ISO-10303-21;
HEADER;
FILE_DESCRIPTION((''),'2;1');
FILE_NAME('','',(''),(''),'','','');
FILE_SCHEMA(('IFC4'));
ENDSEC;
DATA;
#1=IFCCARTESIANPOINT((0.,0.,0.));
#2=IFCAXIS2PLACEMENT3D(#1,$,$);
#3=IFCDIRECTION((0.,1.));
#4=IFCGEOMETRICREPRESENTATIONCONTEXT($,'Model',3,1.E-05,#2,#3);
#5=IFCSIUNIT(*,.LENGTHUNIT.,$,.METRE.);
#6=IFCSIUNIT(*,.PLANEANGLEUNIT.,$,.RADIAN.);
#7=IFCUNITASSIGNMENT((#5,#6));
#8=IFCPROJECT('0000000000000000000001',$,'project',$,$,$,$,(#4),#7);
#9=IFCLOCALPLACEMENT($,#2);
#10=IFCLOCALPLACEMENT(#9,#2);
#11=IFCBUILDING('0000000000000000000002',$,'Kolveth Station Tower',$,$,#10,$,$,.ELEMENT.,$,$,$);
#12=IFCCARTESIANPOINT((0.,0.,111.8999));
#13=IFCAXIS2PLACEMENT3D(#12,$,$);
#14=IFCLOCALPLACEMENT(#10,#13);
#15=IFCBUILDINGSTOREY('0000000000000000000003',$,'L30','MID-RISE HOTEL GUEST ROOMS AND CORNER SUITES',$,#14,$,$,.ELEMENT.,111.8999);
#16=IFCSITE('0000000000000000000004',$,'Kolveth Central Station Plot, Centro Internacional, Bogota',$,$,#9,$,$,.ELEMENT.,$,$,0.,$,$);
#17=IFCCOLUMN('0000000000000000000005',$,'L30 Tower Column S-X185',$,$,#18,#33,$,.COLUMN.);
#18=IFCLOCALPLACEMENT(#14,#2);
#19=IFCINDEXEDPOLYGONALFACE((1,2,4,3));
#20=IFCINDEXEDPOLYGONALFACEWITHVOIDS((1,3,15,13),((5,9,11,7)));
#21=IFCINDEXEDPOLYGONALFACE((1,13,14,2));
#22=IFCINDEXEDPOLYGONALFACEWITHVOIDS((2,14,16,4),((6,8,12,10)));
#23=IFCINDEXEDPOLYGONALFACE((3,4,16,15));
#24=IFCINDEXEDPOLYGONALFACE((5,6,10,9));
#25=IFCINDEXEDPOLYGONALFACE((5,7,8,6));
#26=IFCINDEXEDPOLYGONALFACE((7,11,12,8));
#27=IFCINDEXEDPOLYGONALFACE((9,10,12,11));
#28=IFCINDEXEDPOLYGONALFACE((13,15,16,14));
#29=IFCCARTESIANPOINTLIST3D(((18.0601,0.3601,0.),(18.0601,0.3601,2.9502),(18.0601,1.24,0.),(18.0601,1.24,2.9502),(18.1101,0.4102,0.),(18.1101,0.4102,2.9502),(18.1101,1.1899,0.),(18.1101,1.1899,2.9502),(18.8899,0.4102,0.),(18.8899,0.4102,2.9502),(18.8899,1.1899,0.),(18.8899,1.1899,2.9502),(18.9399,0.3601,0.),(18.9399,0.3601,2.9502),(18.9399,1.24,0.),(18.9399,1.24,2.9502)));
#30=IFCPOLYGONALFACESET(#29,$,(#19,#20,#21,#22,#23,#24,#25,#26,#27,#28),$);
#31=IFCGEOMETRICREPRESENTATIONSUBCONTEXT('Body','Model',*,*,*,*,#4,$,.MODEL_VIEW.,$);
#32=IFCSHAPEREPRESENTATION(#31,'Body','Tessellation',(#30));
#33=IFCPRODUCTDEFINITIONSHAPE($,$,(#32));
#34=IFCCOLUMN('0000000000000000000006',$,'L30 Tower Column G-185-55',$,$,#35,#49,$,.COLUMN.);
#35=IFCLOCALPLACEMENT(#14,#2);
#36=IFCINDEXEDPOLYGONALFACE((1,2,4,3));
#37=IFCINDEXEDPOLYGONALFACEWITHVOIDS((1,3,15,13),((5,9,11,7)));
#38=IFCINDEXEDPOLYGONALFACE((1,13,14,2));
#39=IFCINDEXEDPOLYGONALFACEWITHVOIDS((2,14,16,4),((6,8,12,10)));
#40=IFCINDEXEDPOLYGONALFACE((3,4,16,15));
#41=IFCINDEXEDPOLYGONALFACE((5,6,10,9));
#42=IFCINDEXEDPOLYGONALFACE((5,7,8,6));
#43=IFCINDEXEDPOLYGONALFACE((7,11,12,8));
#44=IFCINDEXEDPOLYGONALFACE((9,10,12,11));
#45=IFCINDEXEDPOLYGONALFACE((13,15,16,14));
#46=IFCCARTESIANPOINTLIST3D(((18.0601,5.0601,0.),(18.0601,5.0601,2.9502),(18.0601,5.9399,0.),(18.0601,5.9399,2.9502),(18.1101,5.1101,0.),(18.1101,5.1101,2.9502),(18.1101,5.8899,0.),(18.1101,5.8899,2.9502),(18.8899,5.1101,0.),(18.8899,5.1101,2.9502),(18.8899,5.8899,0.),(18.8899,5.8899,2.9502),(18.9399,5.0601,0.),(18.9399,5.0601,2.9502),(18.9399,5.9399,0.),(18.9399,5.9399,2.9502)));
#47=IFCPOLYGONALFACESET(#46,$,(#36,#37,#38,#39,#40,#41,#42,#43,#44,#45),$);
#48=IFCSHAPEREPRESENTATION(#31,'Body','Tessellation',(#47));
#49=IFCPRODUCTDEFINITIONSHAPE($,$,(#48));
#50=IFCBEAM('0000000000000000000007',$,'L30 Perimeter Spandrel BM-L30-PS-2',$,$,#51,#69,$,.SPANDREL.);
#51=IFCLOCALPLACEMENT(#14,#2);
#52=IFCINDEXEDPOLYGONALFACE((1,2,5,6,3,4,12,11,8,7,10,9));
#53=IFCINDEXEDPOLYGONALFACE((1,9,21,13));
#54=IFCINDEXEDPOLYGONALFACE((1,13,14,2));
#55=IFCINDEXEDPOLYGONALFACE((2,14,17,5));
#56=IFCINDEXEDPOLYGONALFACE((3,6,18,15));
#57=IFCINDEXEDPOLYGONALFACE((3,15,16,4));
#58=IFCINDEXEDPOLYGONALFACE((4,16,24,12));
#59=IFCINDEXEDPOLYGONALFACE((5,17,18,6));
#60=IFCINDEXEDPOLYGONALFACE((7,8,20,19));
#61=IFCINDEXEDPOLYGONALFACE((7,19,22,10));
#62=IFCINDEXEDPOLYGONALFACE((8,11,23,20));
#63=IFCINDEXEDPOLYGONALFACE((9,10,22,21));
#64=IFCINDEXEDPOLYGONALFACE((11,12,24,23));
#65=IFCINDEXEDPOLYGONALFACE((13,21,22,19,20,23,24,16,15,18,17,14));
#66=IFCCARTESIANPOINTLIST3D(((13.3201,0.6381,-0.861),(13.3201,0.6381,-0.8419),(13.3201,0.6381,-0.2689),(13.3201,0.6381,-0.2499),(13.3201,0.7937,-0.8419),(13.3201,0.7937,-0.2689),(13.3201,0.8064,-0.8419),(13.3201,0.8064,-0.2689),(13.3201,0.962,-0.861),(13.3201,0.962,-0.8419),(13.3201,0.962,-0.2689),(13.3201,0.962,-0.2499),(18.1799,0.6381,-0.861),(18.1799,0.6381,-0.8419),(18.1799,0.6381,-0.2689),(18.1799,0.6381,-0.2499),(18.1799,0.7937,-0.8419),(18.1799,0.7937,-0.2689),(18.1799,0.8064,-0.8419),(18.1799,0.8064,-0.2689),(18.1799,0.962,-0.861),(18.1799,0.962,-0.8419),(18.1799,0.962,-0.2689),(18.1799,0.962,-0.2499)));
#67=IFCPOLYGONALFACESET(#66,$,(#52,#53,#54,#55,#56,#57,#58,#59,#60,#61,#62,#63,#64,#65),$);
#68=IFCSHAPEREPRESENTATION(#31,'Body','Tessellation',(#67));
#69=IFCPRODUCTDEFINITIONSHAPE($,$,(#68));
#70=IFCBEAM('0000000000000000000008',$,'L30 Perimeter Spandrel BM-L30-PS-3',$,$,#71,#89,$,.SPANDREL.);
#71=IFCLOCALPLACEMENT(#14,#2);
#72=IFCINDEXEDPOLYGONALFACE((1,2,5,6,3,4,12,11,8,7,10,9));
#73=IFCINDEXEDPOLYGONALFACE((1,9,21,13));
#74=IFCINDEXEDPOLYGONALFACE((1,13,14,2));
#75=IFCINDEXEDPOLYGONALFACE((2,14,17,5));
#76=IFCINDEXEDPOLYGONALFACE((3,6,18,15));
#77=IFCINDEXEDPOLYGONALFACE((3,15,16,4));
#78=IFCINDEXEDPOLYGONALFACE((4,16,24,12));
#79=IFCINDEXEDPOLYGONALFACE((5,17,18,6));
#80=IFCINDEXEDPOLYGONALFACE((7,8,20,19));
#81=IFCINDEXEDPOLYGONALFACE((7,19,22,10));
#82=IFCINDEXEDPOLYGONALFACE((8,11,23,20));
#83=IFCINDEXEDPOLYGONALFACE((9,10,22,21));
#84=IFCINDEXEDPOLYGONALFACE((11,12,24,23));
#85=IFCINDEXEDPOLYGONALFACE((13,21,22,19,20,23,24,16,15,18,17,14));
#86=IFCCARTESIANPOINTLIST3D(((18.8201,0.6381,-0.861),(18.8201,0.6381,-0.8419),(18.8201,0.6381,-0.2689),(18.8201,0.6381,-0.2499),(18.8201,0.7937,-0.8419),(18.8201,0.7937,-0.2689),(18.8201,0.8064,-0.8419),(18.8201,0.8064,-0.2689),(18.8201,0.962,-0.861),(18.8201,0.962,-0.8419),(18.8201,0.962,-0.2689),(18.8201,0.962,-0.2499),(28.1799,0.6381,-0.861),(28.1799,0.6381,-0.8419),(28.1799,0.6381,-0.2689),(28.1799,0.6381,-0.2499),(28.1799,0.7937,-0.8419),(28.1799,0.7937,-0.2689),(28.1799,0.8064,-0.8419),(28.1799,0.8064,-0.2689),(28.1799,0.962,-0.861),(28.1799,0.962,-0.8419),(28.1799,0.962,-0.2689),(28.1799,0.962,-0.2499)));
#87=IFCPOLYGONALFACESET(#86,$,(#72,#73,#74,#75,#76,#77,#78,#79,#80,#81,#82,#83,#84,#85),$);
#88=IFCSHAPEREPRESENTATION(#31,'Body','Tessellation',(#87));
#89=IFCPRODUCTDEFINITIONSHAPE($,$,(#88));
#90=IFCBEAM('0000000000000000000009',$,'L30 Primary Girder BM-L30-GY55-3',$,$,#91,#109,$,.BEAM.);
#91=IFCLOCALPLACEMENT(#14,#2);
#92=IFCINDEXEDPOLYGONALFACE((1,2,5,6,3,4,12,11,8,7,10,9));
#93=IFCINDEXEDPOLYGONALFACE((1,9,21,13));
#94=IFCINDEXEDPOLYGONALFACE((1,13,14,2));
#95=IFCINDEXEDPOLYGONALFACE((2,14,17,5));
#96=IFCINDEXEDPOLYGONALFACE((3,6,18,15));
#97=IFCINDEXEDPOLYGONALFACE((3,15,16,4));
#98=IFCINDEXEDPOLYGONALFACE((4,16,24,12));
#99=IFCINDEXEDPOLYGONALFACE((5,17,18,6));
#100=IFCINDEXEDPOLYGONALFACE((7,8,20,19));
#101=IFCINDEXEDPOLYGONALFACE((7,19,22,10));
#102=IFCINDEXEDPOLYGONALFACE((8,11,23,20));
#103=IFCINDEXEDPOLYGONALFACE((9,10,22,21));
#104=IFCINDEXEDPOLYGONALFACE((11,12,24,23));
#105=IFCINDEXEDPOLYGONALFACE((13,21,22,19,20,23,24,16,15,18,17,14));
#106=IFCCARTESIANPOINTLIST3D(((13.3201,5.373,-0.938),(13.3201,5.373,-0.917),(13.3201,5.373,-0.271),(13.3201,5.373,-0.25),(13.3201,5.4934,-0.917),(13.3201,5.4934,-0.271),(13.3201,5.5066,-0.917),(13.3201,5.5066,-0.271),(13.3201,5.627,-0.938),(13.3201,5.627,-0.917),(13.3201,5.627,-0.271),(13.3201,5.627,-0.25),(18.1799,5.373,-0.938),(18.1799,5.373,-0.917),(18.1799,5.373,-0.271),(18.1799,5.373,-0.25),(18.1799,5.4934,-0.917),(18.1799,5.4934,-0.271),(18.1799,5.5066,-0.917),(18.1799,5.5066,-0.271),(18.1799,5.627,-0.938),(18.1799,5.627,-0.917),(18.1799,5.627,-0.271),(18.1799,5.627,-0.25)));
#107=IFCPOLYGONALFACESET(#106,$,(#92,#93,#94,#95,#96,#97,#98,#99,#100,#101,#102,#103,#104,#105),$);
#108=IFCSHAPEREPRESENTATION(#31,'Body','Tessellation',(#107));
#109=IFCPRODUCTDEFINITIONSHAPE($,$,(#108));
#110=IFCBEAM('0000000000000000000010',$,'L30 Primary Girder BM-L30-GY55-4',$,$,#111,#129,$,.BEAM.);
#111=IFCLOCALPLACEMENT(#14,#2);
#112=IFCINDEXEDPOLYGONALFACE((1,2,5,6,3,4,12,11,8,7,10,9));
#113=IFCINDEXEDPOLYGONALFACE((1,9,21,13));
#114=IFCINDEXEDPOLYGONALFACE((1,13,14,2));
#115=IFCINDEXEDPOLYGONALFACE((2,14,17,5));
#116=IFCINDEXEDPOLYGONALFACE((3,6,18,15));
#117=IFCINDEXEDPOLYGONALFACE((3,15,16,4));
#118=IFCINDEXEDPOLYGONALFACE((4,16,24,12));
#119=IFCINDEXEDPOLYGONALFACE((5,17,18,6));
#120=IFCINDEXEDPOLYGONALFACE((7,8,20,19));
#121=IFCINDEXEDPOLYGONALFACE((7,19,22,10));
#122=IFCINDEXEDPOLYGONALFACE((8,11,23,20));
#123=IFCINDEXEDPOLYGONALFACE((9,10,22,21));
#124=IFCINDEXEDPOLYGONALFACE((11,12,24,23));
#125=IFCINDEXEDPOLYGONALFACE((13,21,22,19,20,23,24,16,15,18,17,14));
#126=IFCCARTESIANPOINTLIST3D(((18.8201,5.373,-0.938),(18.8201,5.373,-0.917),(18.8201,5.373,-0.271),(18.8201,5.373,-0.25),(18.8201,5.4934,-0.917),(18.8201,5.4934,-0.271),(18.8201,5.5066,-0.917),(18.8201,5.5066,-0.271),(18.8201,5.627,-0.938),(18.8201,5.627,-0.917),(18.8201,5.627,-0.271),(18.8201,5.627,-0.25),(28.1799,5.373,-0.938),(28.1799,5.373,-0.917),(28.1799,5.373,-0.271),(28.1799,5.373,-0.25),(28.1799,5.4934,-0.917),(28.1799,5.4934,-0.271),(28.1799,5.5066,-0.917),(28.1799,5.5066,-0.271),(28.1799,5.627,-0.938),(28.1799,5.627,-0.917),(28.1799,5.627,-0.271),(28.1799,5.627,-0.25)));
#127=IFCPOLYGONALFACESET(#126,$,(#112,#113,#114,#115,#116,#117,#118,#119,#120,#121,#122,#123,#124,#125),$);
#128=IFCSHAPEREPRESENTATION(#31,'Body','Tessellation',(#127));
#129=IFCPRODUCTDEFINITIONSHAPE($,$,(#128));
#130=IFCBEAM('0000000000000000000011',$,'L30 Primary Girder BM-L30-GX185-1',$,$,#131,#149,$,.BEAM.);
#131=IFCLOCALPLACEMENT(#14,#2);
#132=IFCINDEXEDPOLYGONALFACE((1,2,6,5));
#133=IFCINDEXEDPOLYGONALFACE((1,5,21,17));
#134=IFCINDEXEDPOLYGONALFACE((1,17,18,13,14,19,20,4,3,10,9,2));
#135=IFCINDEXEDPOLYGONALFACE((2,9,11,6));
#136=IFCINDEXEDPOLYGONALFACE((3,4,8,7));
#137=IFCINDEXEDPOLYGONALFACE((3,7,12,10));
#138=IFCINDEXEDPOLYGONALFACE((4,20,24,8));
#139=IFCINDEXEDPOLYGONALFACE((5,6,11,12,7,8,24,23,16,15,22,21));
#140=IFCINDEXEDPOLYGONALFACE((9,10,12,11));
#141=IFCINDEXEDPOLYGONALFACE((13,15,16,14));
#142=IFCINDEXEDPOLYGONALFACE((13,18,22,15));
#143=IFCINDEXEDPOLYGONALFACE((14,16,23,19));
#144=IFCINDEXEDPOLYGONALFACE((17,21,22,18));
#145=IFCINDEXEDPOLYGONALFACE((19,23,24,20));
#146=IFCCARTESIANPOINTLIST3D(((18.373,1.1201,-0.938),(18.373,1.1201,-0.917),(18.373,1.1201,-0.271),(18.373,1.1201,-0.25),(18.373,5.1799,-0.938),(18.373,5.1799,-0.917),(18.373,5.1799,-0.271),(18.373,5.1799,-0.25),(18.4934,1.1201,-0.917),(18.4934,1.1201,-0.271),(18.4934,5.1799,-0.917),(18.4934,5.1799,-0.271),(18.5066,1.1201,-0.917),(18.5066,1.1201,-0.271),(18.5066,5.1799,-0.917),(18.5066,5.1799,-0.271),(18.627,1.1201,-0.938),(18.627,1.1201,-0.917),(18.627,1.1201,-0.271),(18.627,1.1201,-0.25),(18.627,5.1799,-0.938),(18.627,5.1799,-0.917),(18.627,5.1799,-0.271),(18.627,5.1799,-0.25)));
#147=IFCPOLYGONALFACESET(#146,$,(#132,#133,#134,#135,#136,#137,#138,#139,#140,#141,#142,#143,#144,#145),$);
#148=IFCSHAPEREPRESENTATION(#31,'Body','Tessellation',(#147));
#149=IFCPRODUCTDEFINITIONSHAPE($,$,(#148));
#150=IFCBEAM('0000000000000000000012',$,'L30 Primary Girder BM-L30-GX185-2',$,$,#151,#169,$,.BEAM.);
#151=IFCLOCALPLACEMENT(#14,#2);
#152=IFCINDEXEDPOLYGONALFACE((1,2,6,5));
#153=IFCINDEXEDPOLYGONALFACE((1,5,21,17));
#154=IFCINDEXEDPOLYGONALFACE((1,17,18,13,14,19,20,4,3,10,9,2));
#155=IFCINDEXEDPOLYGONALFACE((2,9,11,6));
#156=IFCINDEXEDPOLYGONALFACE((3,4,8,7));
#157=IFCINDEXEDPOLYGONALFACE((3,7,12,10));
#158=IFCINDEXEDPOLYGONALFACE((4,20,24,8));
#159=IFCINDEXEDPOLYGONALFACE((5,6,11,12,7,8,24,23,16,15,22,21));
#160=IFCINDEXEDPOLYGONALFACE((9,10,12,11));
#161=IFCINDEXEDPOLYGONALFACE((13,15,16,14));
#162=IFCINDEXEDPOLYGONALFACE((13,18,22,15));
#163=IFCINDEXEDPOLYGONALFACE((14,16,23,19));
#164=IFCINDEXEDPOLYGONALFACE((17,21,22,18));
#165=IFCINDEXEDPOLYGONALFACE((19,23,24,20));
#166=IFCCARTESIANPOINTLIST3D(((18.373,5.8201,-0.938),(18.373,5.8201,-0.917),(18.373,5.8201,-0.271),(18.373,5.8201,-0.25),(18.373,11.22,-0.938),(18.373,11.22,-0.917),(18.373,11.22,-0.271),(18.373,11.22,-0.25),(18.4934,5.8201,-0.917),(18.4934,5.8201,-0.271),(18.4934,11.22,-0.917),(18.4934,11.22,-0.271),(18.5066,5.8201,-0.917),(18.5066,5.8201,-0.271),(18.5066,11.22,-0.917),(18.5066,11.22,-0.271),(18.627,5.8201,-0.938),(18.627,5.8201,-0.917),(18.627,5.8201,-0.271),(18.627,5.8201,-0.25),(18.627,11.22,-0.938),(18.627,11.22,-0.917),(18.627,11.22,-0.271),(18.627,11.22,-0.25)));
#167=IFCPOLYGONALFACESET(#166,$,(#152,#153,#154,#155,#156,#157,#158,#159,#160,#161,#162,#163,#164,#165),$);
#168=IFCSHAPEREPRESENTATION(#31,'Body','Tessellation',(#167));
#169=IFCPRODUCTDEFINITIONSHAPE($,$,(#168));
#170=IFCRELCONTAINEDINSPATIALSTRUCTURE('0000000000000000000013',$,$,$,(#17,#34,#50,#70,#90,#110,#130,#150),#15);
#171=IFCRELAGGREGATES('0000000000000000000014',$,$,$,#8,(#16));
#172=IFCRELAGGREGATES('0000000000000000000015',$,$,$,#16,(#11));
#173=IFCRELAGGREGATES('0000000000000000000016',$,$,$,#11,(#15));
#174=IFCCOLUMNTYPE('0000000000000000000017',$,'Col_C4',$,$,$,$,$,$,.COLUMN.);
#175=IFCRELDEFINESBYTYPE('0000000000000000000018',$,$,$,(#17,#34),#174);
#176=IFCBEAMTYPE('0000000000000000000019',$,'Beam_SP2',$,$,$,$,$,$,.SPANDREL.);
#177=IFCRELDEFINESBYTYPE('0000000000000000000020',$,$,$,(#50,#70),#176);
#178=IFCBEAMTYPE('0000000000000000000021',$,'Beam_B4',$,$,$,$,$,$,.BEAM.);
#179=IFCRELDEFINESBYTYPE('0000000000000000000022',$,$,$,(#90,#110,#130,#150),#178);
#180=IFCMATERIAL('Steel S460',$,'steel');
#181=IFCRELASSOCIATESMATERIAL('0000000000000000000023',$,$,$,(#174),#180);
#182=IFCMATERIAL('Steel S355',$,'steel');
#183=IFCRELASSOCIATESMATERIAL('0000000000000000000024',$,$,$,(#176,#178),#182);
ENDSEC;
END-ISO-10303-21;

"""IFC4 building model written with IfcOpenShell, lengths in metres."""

from ifc_helpers import new_model, si_unit, direction, frame, origin, origin_2d, place, context, subcontext, project, spatial, hollow_rectangle, i_section, extrude, source, transform, mapped, material, material_profile, profile_set, type_object, element, save


model = new_model("IFC4")

# Units and contexts
model_context = context("Model", 3, precision=1e-05, world=origin(), true_north=direction((0.0, 1.0)))
body_context = subcontext(model_context, "Body", "Model", "MODEL_VIEW")
ifc_project = project(units=[si_unit("LENGTHUNIT", "METRE"), si_unit("PLANEANGLEUNIT", "RADIAN")], contexts=[model_context])

# Site, building, storey
site_placement = place(None, origin())
site = spatial("IfcSite", under=ifc_project, at=site_placement, Name="Kolveth Central Station Plot, Centro Internacional, Bogota", CompositionType="ELEMENT", RefElevation=0.0)
building_placement = place(site_placement, origin())
building = spatial("IfcBuilding", under=site, at=building_placement, Name="Kolveth Station Tower", CompositionType="ELEMENT")
storey_placement = place(building_placement, frame((0.0, 0.0, 111.8999)))
storey = spatial("IfcBuildingStorey", under=building, at=storey_placement, Name="L30", Description="MID-RISE HOTEL GUEST ROOMS AND CORNER SUITES", CompositionType="ELEMENT", Elevation=111.8999)

# Columns
ifc_material_1 = material(Name="Steel S460", Category="steel")
ifc_material_profile_1 = material_profile(ifc_material_1, hollow_rectangle(XDim=0.8799, YDim=0.8799, WallThickness=0.05, at=origin_2d()), Name="BOX880x880x50")
ifc_profile_set_1 = profile_set([ifc_material_profile_1], Name="Steel S460")
column_type = type_object("IfcColumnType", Name="Col_C4", PredefinedType="COLUMN", material=ifc_profile_set_1)
shared_shape_1 = source(origin(), body_context, "Body", "SweptSolid", [
    extrude(hollow_rectangle(XDim=0.8799, YDim=0.8799, WallThickness=0.05, at=origin_2d()), origin(), (0.0, 0.0, 1.0), 2.9502),
])
for number, where, z_axis, x_axis, name in (
    (1, (18.5, 0.8, 0.0), (0.0, 0.0, 1.0), (1.0, 0.0, 0.0), "L30 Tower Column S-X185"),
    (2, (18.5, 5.5, 0.0), (0.0, 0.0, 1.0), (1.0, 0.0, 0.0), "L30 Tower Column G-185-55"),
):
    element("IfcColumn", number, at=place(storey_placement, frame(where, z_axis=z_axis, x_axis=x_axis)), inside=storey, type_object=column_type, Name=name, PredefinedType="COLUMN", context=body_context, shape_type="MappedRepresentation", body=[
        mapped(shared_shape_1, transform((0.0, 0.0, 0.0), x_axis=(1.0, 0.0, 0.0), y_axis=(0.0, 1.0, 0.0), z_axis=(0.0, 0.0, 1.0), scale=1.0)),
    ])

# Beams
ifc_material_2 = material(Name="Steel S355", Category="steel")
ifc_material_profile_2 = material_profile(ifc_material_2, i_section(OverallWidth=0.324, OverallDepth=0.6111, WebThickness=0.0127, FlangeThickness=0.019, at=origin_2d()), Name="W610x155")
ifc_profile_set_2 = profile_set([ifc_material_profile_2], Name="Steel S355")
beam_type_1 = type_object("IfcBeamType", Name="Beam_SP2", PredefinedType="SPANDREL", material=ifc_profile_set_2)
shared_shape_2 = source(origin(), body_context, "Body", "SweptSolid", [
    extrude(i_section(OverallWidth=0.324, OverallDepth=0.6111, WebThickness=0.0127, FlangeThickness=0.019, at=origin_2d()), origin(), (0.0, 0.0, 1.0), 4.8599),
])
beam_1_placement = place(storey_placement, frame((13.3201, 0.8, -0.5554), z_axis=(1.0, 0.0, 0.0), x_axis=(0.0, 1.0, 0.0)))
element("IfcBeam", 3, at=beam_1_placement, inside=storey, type_object=beam_type_1, Name="L30 Perimeter Spandrel BM-L30-PS-2", PredefinedType="SPANDREL", context=body_context, shape_type="MappedRepresentation", body=[
    mapped(shared_shape_2, transform((0.0, 0.0, 0.0), x_axis=(1.0, 0.0, 0.0), y_axis=(0.0, 1.0, 0.0), z_axis=(0.0, 0.0, 1.0), scale=1.0)),
])
shared_shape_3 = source(origin(), body_context, "Body", "SweptSolid", [
    extrude(i_section(OverallWidth=0.324, OverallDepth=0.6111, WebThickness=0.0127, FlangeThickness=0.019, at=origin_2d()), origin(), (0.0, 0.0, 1.0), 9.3599),
])
beam_2_placement = place(storey_placement, frame((18.8201, 0.8, -0.5554), z_axis=(1.0, 0.0, 0.0), x_axis=(0.0, 1.0, 0.0)))
element("IfcBeam", 4, at=beam_2_placement, inside=storey, type_object=beam_type_1, Name="L30 Perimeter Spandrel BM-L30-PS-3", PredefinedType="SPANDREL", context=body_context, shape_type="MappedRepresentation", body=[
    mapped(shared_shape_3, transform((0.0, 0.0, 0.0), x_axis=(1.0, 0.0, 0.0), y_axis=(0.0, 1.0, 0.0), z_axis=(0.0, 0.0, 1.0), scale=1.0)),
])
ifc_material_profile_3 = material_profile(ifc_material_2, i_section(OverallWidth=0.2539, OverallDepth=0.688, WebThickness=0.0132, FlangeThickness=0.021, at=origin_2d()), Name="W690x152")
ifc_profile_set_3 = profile_set([ifc_material_profile_3], Name="Steel S355")
beam_type_2 = type_object("IfcBeamType", Name="Beam_B4", PredefinedType="BEAM", material=ifc_profile_set_3)
shared_shape_4 = source(origin(), body_context, "Body", "SweptSolid", [
    extrude(i_section(OverallWidth=0.2539, OverallDepth=0.688, WebThickness=0.0132, FlangeThickness=0.021, at=origin_2d()), origin(), (0.0, 0.0, 1.0), 4.8599),
])
beam_3_placement = place(storey_placement, frame((13.3201, 5.5, -0.594), z_axis=(1.0, 0.0, 0.0), x_axis=(0.0, 1.0, 0.0)))
element("IfcBeam", 5, at=beam_3_placement, inside=storey, type_object=beam_type_2, Name="L30 Primary Girder BM-L30-GY55-3", PredefinedType="BEAM", context=body_context, shape_type="MappedRepresentation", body=[
    mapped(shared_shape_4, transform((0.0, 0.0, 0.0), x_axis=(1.0, 0.0, 0.0), y_axis=(0.0, 1.0, 0.0), z_axis=(0.0, 0.0, 1.0), scale=1.0)),
])
shared_shape_5 = source(origin(), body_context, "Body", "SweptSolid", [
    extrude(i_section(OverallWidth=0.2539, OverallDepth=0.688, WebThickness=0.0132, FlangeThickness=0.021, at=origin_2d()), origin(), (0.0, 0.0, 1.0), 9.3599),
])
beam_4_placement = place(storey_placement, frame((18.8201, 5.5, -0.594), z_axis=(1.0, 0.0, 0.0), x_axis=(0.0, 1.0, 0.0)))
element("IfcBeam", 6, at=beam_4_placement, inside=storey, type_object=beam_type_2, Name="L30 Primary Girder BM-L30-GY55-4", PredefinedType="BEAM", context=body_context, shape_type="MappedRepresentation", body=[
    mapped(shared_shape_5, transform((0.0, 0.0, 0.0), x_axis=(1.0, 0.0, 0.0), y_axis=(0.0, 1.0, 0.0), z_axis=(0.0, 0.0, 1.0), scale=1.0)),
])
shared_shape_6 = source(origin(), body_context, "Body", "SweptSolid", [
    extrude(i_section(OverallWidth=0.2539, OverallDepth=0.688, WebThickness=0.0132, FlangeThickness=0.021, at=origin_2d()), origin(), (0.0, 0.0, 1.0), 4.0598),
])
beam_5_placement = place(storey_placement, frame((18.5, 1.1201, -0.594), z_axis=(0.0, 1.0, 0.0), x_axis=(-1.0, 0.0, 0.0)))
element("IfcBeam", 7, at=beam_5_placement, inside=storey, type_object=beam_type_2, Name="L30 Primary Girder BM-L30-GX185-1", PredefinedType="BEAM", context=body_context, shape_type="MappedRepresentation", body=[
    mapped(shared_shape_6, transform((0.0, 0.0, 0.0), x_axis=(1.0, 0.0, 0.0), y_axis=(0.0, 1.0, 0.0), z_axis=(0.0, 0.0, 1.0), scale=1.0)),
])
shared_shape_7 = source(origin(), body_context, "Body", "SweptSolid", [
    extrude(i_section(OverallWidth=0.2539, OverallDepth=0.688, WebThickness=0.0132, FlangeThickness=0.021, at=origin_2d()), origin(), (0.0, 0.0, 1.0), 5.3999),
])
beam_6_placement = place(storey_placement, frame((18.5, 5.8201, -0.594), z_axis=(0.0, 1.0, 0.0), x_axis=(-1.0, 0.0, 0.0)))
element("IfcBeam", 8, at=beam_6_placement, inside=storey, type_object=beam_type_2, Name="L30 Primary Girder BM-L30-GX185-2", PredefinedType="BEAM", context=body_context, shape_type="MappedRepresentation", body=[
    mapped(shared_shape_7, transform((0.0, 0.0, 0.0), x_axis=(1.0, 0.0, 0.0), y_axis=(0.0, 1.0, 0.0), z_axis=(0.0, 0.0, 1.0), scale=1.0)),
])

save(model, "model.ifc")
